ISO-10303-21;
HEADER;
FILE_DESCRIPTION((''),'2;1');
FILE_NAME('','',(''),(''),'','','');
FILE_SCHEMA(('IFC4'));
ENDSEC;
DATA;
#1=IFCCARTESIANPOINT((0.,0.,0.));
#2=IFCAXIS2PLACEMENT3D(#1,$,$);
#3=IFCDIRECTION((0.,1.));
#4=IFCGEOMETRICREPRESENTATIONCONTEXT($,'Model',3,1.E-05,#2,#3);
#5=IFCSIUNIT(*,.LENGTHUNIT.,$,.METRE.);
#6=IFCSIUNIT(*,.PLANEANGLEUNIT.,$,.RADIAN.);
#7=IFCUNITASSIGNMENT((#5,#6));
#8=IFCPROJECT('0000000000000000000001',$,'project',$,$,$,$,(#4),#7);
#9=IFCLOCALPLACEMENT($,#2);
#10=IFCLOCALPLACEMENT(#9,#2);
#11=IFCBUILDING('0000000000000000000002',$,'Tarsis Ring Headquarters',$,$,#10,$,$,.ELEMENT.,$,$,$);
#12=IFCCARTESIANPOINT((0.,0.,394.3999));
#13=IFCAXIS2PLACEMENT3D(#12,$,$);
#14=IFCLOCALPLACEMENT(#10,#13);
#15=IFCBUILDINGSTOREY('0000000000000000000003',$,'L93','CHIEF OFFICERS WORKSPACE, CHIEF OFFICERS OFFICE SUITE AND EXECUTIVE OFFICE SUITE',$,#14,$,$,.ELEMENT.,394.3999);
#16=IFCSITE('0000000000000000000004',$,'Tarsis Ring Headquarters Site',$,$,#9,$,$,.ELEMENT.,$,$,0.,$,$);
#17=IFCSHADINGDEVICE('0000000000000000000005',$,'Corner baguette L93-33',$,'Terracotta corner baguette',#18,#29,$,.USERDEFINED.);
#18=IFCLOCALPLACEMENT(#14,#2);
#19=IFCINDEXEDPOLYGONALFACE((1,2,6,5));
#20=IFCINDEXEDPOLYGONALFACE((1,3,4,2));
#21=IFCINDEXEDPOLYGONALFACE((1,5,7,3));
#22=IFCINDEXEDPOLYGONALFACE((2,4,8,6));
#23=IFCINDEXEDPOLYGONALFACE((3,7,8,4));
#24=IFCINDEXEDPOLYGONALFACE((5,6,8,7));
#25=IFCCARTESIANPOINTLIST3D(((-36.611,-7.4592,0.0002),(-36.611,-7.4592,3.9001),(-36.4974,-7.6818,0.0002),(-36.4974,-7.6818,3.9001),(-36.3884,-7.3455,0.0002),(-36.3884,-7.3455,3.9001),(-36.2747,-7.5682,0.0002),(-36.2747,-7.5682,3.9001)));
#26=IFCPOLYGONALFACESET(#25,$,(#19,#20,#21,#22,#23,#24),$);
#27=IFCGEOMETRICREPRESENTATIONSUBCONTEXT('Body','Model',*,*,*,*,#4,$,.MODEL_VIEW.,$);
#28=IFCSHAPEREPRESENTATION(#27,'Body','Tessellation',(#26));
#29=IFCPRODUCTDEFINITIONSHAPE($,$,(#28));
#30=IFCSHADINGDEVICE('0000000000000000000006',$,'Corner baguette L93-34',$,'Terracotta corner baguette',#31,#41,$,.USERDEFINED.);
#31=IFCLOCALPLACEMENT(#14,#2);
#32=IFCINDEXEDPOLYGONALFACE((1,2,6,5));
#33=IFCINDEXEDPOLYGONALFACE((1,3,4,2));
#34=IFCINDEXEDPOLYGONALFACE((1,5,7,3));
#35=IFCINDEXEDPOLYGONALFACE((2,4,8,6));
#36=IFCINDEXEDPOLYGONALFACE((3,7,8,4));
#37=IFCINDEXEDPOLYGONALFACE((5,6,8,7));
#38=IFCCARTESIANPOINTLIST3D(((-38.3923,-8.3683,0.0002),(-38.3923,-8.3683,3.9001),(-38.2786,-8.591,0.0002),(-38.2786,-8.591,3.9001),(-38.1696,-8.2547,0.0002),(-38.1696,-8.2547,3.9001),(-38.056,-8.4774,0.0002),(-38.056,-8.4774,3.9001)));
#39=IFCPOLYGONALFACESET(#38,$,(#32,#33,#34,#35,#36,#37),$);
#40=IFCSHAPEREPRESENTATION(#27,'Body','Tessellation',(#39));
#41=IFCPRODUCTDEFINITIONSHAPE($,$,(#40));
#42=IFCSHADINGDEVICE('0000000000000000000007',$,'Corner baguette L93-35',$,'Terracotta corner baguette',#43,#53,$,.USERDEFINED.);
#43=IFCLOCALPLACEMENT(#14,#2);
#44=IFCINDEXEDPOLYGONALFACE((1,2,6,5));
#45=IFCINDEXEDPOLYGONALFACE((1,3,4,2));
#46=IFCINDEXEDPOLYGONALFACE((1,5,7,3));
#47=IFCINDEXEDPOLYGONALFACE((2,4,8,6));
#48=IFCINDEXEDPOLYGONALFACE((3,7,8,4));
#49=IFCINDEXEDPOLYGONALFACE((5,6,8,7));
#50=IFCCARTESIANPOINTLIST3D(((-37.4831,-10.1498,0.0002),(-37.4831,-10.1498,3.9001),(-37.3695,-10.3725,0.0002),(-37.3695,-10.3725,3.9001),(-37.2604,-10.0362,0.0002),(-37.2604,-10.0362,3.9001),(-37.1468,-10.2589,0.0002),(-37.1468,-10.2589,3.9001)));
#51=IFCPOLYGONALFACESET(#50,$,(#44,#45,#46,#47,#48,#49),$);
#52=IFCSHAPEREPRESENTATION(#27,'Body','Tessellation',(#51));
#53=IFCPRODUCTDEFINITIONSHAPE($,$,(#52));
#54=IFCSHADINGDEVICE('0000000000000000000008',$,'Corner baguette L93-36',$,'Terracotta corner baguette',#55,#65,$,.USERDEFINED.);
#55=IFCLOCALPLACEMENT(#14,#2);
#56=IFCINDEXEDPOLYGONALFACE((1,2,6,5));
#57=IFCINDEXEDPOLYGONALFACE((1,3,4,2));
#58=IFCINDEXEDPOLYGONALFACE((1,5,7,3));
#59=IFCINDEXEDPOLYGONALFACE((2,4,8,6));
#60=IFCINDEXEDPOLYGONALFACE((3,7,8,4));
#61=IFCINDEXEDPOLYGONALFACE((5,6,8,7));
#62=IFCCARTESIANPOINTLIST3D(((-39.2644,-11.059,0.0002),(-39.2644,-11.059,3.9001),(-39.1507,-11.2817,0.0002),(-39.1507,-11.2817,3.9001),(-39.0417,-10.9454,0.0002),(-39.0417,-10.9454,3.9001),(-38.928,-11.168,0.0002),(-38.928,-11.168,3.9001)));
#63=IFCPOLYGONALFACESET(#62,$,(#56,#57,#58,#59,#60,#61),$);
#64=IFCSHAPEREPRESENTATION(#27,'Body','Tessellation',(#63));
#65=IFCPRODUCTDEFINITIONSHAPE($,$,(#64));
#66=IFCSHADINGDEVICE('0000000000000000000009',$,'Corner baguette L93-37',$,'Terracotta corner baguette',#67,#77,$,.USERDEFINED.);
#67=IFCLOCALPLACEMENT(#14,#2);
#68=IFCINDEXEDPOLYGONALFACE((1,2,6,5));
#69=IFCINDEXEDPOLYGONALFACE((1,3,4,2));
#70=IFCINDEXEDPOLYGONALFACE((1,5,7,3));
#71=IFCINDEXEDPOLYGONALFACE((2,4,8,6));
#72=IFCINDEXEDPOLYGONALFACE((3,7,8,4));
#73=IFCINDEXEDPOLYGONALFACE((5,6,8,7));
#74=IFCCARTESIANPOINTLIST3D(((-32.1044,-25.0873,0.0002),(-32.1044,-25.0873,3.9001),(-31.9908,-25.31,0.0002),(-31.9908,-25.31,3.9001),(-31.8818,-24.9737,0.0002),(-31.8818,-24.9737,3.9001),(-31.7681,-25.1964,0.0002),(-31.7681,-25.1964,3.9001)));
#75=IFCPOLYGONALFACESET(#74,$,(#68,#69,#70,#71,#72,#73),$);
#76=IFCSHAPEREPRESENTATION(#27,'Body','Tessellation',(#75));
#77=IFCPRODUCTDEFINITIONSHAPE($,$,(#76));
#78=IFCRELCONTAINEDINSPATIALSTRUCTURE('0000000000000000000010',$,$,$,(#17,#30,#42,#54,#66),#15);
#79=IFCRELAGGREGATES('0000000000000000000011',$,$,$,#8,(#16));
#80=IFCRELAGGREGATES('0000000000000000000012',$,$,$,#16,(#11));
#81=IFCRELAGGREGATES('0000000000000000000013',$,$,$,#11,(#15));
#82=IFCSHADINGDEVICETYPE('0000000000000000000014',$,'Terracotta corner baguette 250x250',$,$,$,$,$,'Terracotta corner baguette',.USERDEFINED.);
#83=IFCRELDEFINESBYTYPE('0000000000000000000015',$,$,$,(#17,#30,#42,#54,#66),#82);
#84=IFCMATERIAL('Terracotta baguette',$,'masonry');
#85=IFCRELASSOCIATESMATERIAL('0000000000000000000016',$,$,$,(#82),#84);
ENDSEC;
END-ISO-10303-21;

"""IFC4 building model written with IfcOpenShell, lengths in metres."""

from ifc_helpers import new_model, si_unit, direction, frame, origin, origin_2d, place, context, subcontext, project, spatial, rectangle, extrude, material, type_object, element, save


model = new_model("IFC4")

# Units and contexts
model_context = context("Model", 3, precision=1e-05, world=origin(), true_north=direction((0.0, 1.0)))
body_context = subcontext(model_context, "Body", "Model", "MODEL_VIEW")
ifc_project = project(units=[si_unit("LENGTHUNIT", "METRE"), si_unit("PLANEANGLEUNIT", "RADIAN")], contexts=[model_context])

# Site, building, storey
site_placement = place(None, origin())
site = spatial("IfcSite", under=ifc_project, at=site_placement, Name="Tarsis Ring Headquarters Site", CompositionType="ELEMENT", RefElevation=0.0)
building_placement = place(site_placement, origin())
building = spatial("IfcBuilding", under=site, at=building_placement, Name="Tarsis Ring Headquarters", CompositionType="ELEMENT")
storey_placement = place(building_placement, frame((0.0, 0.0, 394.3999)))
storey = spatial("IfcBuildingStorey", under=building, at=storey_placement, Name="L93", Description="CHIEF OFFICERS WORKSPACE, CHIEF OFFICERS OFFICE SUITE AND EXECUTIVE OFFICE SUITE", CompositionType="ELEMENT", Elevation=394.3999)

# Shading devices
ifc_material_1 = material(Name="Terracotta baguette", Category="masonry")
shading_device_type_1 = type_object("IfcShadingDeviceType", Name="Terracotta corner baguette 250x250", ElementType="Terracotta corner baguette", PredefinedType="USERDEFINED", material=ifc_material_1)
for number, where, z_axis, x_axis, name in (
    (1, (-36.4429, -7.5137, 0.0002), (0.0, 0.0, 1.0), (0.454612, -0.89069, 0.0), "Corner baguette L93-33"),
    (2, (-38.2241, -8.4229, 0.0002), (0.0, 0.0, 1.0), (-0.890689, -0.454613, 0.0), "Corner baguette L93-34"),
    (3, (-37.3149, -10.2043, 0.0002), (0.0, 0.0, 1.0), (0.454613, -0.890689, 0.0), "Corner baguette L93-35"),
    (4, (-39.0962, -11.1135, 0.0002), (0.0, 0.0, 1.0), (-0.890689, -0.454612, 0.0), "Corner baguette L93-36"),
    (5, (-31.9363, -25.1418, 0.0002), (0.0, 0.0, 1.0), (0.454612, -0.890689, 0.0), "Corner baguette L93-37"),
):
    element("IfcShadingDevice", number, at=place(storey_placement, frame(where, z_axis=z_axis, x_axis=x_axis)), inside=storey, type_object=shading_device_type_1, Name=name, ObjectType="Terracotta corner baguette", PredefinedType="USERDEFINED", context=body_context, shape_type="SweptSolid", body=[
        extrude(rectangle(XDim=0.25, YDim=0.25, at=origin_2d()), origin(), (0.0, 0.0, 1.0), 3.8999),
    ])

save(model, "model.ifc")
